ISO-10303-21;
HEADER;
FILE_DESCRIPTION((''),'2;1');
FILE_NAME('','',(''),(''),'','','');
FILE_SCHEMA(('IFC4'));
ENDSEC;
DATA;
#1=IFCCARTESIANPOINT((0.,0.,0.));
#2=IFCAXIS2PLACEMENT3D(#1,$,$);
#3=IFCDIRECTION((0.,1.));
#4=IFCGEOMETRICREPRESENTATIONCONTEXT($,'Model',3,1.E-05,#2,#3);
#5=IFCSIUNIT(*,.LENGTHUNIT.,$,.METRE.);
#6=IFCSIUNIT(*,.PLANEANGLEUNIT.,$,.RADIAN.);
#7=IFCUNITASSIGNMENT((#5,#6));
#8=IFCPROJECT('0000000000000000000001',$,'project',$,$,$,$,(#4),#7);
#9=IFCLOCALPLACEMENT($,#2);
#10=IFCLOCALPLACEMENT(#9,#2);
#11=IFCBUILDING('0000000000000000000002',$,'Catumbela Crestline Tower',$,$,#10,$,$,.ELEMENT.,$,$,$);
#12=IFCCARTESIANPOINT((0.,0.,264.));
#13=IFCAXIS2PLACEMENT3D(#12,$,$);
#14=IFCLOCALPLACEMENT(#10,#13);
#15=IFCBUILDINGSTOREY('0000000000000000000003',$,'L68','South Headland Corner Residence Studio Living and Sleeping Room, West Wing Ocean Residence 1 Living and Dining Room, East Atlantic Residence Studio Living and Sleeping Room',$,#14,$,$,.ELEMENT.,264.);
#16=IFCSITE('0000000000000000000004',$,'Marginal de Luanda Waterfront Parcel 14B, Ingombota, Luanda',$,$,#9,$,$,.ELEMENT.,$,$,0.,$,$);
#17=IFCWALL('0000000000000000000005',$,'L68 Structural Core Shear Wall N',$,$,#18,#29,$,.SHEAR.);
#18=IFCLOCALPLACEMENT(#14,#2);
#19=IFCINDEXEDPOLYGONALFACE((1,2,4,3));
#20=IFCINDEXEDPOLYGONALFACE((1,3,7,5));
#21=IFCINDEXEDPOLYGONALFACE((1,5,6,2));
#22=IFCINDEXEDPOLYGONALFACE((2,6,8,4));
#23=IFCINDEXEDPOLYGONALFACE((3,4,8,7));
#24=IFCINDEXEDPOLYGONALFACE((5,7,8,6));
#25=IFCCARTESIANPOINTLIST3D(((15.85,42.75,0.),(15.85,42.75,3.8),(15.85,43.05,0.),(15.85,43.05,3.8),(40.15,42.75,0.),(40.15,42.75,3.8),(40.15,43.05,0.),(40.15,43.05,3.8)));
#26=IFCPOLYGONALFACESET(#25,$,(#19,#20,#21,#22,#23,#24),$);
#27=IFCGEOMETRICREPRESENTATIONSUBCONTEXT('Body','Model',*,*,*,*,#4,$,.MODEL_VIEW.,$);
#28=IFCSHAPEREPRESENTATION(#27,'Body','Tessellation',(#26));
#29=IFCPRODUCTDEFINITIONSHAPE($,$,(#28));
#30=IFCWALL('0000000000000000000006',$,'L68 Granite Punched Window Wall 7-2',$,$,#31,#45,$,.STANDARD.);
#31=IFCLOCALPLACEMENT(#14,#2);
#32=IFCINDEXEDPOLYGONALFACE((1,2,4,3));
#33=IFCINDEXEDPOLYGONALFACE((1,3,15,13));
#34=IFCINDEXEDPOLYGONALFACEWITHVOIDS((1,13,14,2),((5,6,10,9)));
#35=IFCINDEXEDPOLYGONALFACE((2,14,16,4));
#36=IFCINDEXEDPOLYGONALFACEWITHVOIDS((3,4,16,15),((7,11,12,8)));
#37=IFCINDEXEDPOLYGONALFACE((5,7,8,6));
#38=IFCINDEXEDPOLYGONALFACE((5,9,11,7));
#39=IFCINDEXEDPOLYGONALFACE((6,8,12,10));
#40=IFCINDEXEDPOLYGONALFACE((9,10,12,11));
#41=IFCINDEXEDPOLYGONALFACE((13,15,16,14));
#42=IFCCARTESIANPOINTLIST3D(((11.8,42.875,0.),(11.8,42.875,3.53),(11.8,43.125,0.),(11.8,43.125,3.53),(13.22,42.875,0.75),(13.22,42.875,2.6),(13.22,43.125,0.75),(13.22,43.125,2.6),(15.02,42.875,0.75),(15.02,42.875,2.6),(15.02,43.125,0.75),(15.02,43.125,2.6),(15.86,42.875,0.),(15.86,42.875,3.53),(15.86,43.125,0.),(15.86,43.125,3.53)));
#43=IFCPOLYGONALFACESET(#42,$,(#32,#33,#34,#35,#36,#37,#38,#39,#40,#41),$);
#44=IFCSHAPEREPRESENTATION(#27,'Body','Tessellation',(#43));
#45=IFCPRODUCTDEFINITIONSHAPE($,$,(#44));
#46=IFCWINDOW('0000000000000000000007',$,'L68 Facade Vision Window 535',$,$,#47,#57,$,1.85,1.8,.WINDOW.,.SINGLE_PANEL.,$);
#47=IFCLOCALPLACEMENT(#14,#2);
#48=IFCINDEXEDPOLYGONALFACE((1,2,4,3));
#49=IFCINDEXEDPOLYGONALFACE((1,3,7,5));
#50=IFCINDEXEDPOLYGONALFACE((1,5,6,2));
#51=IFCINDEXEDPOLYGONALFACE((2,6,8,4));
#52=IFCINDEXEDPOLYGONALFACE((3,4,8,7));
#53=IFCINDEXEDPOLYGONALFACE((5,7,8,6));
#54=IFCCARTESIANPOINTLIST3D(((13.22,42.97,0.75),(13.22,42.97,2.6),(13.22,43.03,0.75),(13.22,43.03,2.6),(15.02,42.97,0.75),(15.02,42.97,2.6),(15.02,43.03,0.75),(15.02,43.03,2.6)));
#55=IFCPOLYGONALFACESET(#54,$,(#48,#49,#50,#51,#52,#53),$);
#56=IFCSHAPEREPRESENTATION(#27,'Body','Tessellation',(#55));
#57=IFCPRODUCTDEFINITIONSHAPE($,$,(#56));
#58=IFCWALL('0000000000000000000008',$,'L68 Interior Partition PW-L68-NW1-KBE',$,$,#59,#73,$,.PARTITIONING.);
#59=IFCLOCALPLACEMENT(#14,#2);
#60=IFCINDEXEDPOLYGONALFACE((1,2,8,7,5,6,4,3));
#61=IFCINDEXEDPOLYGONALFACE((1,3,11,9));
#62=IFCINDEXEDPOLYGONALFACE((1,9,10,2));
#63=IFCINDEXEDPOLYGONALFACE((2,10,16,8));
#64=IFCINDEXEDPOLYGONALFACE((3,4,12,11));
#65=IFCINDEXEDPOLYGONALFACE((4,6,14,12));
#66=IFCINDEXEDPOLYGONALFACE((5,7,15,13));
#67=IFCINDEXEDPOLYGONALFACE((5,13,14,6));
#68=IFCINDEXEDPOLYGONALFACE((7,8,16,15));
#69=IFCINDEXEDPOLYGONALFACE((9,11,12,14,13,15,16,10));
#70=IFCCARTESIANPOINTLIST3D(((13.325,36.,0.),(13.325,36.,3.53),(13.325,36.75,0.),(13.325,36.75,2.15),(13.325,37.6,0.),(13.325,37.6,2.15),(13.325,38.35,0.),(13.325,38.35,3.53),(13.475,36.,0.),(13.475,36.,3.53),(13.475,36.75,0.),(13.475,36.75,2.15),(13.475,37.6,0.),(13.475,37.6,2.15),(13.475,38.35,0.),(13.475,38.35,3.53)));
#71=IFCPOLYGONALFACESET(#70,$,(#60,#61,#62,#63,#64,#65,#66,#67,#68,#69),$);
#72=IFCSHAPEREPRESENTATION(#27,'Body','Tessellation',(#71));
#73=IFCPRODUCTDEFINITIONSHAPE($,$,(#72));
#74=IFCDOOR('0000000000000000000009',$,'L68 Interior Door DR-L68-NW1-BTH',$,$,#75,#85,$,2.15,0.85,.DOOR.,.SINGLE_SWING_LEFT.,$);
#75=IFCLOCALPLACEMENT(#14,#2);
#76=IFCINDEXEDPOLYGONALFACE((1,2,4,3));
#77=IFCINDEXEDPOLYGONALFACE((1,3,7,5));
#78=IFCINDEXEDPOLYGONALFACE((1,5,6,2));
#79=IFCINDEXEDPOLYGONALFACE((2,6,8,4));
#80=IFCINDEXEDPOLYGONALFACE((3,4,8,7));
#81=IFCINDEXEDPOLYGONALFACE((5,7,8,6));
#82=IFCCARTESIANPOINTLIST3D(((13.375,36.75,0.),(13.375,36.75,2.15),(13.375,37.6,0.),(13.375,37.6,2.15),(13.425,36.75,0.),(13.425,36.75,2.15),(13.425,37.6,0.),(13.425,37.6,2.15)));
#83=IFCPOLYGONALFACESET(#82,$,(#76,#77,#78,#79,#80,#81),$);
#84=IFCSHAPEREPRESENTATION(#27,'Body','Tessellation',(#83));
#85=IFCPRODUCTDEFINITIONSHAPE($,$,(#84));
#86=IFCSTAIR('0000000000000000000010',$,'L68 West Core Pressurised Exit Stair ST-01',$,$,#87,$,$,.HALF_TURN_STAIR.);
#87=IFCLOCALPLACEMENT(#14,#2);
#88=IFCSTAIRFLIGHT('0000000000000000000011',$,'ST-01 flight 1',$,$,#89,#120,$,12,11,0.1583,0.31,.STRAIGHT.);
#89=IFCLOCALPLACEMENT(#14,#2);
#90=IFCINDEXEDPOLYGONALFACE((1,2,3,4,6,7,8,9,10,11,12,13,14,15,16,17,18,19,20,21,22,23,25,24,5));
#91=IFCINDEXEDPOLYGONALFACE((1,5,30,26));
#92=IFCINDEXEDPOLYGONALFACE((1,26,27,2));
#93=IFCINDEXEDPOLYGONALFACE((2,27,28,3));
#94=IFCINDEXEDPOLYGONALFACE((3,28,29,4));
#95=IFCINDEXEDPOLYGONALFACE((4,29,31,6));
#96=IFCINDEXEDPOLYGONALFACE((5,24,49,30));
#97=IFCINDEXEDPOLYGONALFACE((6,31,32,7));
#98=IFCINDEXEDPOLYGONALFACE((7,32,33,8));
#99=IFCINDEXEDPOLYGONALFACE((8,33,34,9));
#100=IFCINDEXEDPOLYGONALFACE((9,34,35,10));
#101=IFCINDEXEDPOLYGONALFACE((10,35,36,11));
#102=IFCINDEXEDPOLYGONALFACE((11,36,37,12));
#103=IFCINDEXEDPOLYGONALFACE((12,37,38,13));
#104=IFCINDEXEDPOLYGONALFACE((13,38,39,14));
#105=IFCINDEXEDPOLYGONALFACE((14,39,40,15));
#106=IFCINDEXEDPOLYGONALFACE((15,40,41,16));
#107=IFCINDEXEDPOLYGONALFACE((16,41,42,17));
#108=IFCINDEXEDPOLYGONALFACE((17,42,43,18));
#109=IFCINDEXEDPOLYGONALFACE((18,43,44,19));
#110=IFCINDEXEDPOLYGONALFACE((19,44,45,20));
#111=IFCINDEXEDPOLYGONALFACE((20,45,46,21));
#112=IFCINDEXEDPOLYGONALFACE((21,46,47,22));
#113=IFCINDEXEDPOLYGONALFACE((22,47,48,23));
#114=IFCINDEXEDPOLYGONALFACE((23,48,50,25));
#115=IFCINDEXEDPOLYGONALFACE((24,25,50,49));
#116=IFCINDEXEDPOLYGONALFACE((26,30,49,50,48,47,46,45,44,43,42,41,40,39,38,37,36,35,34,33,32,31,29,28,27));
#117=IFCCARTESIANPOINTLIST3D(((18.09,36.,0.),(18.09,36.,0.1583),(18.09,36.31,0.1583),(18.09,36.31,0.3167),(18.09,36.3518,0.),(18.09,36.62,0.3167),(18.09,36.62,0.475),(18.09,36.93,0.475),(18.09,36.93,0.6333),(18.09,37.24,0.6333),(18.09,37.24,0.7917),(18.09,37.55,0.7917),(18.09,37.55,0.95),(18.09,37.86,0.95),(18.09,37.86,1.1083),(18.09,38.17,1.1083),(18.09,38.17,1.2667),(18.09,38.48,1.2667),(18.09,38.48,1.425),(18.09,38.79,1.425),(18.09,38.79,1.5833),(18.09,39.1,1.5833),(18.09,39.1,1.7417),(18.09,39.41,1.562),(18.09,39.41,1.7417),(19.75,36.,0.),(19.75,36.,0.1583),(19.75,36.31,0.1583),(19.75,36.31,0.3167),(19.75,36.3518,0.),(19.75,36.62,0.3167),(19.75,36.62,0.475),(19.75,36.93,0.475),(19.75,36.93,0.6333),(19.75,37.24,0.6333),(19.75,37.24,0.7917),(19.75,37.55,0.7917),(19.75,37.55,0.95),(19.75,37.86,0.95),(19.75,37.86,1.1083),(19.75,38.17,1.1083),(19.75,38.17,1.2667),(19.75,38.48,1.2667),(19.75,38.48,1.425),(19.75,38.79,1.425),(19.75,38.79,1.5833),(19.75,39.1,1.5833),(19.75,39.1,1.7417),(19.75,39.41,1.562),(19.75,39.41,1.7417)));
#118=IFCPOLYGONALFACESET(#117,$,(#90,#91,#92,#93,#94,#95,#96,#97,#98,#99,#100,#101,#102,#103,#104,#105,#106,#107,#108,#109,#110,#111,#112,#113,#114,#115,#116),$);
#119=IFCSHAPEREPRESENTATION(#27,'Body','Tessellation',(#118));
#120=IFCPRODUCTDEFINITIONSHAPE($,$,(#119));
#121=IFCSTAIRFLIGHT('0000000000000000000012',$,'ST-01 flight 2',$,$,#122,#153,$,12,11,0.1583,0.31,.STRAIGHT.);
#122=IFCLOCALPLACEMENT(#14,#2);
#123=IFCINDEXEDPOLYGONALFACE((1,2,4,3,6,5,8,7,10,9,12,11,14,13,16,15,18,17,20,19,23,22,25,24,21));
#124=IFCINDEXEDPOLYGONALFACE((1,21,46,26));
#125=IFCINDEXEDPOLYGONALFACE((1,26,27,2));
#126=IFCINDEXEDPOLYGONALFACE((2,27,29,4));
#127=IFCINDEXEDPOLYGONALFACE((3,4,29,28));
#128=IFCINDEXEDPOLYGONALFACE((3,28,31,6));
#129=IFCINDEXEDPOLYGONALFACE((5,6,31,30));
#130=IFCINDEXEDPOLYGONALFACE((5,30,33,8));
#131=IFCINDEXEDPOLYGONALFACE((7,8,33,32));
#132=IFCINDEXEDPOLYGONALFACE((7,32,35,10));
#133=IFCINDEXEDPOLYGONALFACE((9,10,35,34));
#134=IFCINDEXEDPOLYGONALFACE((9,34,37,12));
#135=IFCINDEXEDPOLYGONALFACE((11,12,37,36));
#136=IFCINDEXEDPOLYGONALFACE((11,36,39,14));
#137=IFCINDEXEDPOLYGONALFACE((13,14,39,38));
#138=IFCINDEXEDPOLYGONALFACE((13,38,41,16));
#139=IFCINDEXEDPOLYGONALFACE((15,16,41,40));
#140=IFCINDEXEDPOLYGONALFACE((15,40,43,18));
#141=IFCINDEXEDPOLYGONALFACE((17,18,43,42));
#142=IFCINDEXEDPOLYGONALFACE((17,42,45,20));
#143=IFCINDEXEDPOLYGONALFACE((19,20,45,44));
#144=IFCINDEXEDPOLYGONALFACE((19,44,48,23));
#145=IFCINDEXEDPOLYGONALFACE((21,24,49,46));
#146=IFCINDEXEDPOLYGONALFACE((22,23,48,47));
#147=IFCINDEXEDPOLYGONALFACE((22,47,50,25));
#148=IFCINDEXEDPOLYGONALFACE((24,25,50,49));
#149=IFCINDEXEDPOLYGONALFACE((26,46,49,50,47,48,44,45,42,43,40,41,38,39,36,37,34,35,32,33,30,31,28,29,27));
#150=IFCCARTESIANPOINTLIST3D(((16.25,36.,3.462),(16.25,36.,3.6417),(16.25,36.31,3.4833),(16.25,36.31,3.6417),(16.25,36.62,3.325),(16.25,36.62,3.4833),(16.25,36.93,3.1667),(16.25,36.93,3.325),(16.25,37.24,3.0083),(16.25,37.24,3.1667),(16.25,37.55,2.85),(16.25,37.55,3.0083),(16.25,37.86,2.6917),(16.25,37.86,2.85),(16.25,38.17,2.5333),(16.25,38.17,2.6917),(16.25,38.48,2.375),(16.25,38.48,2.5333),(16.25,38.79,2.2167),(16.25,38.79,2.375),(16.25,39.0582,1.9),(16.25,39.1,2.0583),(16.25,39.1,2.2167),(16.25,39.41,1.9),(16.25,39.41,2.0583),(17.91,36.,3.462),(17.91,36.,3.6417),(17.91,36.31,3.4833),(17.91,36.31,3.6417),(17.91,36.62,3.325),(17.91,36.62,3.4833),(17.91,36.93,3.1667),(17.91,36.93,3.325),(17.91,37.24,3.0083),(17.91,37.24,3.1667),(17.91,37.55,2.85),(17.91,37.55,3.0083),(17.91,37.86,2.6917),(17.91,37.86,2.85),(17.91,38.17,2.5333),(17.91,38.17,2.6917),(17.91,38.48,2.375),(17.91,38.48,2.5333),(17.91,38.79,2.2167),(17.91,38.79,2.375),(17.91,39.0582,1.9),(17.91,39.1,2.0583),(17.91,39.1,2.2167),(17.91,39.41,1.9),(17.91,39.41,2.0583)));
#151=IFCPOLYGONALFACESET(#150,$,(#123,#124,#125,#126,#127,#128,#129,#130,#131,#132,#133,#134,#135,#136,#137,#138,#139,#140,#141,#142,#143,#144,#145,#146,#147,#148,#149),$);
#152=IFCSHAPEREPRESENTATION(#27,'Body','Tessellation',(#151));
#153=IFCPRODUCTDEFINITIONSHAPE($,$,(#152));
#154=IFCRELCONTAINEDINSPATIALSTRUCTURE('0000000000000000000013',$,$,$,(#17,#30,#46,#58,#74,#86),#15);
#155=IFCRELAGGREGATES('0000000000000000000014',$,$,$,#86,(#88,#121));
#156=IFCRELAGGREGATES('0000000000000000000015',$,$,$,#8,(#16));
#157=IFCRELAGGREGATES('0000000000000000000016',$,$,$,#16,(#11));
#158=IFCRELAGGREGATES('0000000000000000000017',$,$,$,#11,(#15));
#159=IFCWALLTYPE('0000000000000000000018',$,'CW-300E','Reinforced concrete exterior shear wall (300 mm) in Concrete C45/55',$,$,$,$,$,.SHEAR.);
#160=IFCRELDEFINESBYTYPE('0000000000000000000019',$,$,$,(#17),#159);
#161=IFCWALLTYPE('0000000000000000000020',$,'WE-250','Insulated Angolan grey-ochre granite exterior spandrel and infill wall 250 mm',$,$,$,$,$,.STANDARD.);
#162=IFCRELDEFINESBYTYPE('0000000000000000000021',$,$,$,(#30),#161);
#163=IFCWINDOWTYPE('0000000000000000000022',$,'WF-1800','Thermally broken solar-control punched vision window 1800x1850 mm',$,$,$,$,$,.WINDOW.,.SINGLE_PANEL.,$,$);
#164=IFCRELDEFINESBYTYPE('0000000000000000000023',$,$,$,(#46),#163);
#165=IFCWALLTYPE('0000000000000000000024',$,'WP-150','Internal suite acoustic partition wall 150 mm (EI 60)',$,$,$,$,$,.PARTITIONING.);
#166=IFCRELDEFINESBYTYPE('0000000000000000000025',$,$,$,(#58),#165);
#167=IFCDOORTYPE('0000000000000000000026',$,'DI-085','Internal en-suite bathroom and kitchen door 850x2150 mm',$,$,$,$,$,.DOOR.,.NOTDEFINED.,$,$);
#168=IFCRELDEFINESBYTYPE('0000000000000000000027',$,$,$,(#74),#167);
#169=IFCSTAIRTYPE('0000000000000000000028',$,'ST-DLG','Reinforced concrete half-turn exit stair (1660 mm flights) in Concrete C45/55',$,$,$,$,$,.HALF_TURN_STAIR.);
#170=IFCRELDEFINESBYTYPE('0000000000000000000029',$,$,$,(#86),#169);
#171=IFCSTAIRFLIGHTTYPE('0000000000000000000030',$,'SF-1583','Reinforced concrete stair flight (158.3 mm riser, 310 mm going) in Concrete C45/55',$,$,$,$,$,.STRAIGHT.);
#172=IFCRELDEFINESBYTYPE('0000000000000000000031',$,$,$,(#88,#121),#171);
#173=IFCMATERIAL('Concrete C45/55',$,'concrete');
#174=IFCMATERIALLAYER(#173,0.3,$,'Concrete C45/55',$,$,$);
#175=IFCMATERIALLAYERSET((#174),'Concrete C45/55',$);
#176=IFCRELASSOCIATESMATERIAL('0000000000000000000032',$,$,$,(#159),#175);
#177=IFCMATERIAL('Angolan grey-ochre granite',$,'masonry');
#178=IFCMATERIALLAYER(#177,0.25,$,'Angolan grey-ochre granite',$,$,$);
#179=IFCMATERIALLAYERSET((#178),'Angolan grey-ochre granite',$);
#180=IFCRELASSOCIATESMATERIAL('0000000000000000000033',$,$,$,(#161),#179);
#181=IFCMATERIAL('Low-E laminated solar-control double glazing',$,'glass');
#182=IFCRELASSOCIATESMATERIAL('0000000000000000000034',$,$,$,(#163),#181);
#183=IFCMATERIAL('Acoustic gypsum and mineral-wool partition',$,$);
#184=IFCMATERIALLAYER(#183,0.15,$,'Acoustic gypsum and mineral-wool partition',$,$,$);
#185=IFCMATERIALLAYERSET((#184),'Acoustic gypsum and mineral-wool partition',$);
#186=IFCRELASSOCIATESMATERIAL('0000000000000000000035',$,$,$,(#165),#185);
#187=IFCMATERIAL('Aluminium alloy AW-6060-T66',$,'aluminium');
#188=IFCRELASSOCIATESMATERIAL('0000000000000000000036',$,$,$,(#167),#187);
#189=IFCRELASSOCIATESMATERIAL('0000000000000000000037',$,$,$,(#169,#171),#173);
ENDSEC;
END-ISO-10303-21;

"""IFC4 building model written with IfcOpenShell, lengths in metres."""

from ifc_helpers import new_model, si_unit, direction, frame, frame_2d, origin, place, context, subcontext, project, spatial, polyline, rectangle, outline, extrude, material, layer, layer_set, type_object, element, fill, aggregate, save


model = new_model("IFC4")

# Units and contexts
model_context = context("Model", 3, precision=1e-05, world=origin(), true_north=direction((0.0, 1.0)))
body_context = subcontext(model_context, "Body", "Model", "MODEL_VIEW")
ifc_project = project(units=[si_unit("LENGTHUNIT", "METRE"), si_unit("PLANEANGLEUNIT", "RADIAN")], contexts=[model_context])

# Site, building, storey
site_placement = place(None, origin())
site = spatial("IfcSite", under=ifc_project, at=site_placement, Name="Marginal de Luanda Waterfront Parcel 14B, Ingombota, Luanda", CompositionType="ELEMENT", RefElevation=0.0)
building_placement = place(site_placement, origin())
building = spatial("IfcBuilding", under=site, at=building_placement, Name="Catumbela Crestline Tower", CompositionType="ELEMENT")
storey_placement = place(building_placement, frame((0.0, 0.0, 264.0)))
storey = spatial("IfcBuildingStorey", under=building, at=storey_placement, Name="L68", Description="South Headland Corner Residence Studio Living and Sleeping Room, West Wing Ocean Residence 1 Living and Dining Room, East Atlantic Residence Studio Living and Sleeping Room", CompositionType="ELEMENT", Elevation=264.0)

# Wall
ifc_material_1 = material(Name="Concrete C45/55", Category="concrete")
ifc_layer_1 = layer(ifc_material_1, 0.3, Name="Concrete C45/55")
ifc_layer_set_1 = layer_set([ifc_layer_1], Name="Concrete C45/55")
wall_type_1 = type_object("IfcWallType", Name="CW-300E", Description="Reinforced concrete exterior shear wall (300 mm) in Concrete C45/55", PredefinedType="SHEAR", material=ifc_layer_set_1)
wall_1_placement = place(storey_placement, frame((15.85, 42.9, 0.0), z_axis=(0.0, 0.0, 1.0), x_axis=(1.0, 0.0, 0.0)))
element("IfcWall", 1, at=wall_1_placement, inside=storey, type_object=wall_type_1, Name="L68 Structural Core Shear Wall N", PredefinedType="SHEAR", context=body_context, shape_type="SweptSolid", body=[
    extrude(rectangle(XDim=24.3, YDim=0.3, at=frame_2d((12.15, 0.0))), origin(), (0.0, 0.0, 1.0), 3.8),
])

# Wall, opening, window
ifc_material_2 = material(Name="Angolan grey-ochre granite", Category="masonry")
ifc_layer_2 = layer(ifc_material_2, 0.25, Name="Angolan grey-ochre granite")
ifc_layer_set_2 = layer_set([ifc_layer_2], Name="Angolan grey-ochre granite")
wall_type_2 = type_object("IfcWallType", Name="WE-250", Description="Insulated Angolan grey-ochre granite exterior spandrel and infill wall 250 mm", PredefinedType="STANDARD", material=ifc_layer_set_2)
wall_2_placement = place(storey_placement, frame((15.86, 43.0, 0.0), z_axis=(0.0, 0.0, 1.0), x_axis=(-1.0, 0.0, 0.0)))
wall_2 = element("IfcWall", 2, at=wall_2_placement, inside=storey, type_object=wall_type_2, Name="L68 Granite Punched Window Wall 7-2", PredefinedType="STANDARD", context=body_context, shape_type="SweptSolid", body=[
    extrude(rectangle(XDim=4.06, YDim=0.25, at=frame_2d((2.03, 0.0))), origin(), (0.0, 0.0, 1.0), 3.53),
])
opening_1_placement = place(wall_2_placement, frame((0.84, 0.0, 0.75)))
opening_1 = element("IfcOpeningElement", 3, at=opening_1_placement, cuts=wall_2, PredefinedType="OPENING", context=body_context, shape_type="SweptSolid", body=[
    extrude(rectangle(XDim=1.8, YDim=1.85, at=frame_2d((0.9, 0.925))), frame((0.0, 0.135, 0.0), z_axis=(0.0, -1.0, 0.0), x_axis=(1.0, 0.0, 0.0)), (0.0, 0.0, 1.0), 0.27),
])
ifc_material_3 = material(Name="Low-E laminated solar-control double glazing", Category="glass")
window_type = type_object("IfcWindowType", Name="WF-1800", Description="Thermally broken solar-control punched vision window 1800x1850 mm", PartitioningType="SINGLE_PANEL", PredefinedType="WINDOW", material=ifc_material_3)
window_placement = place(opening_1_placement, origin())
window = element("IfcWindow", 4, at=window_placement, inside=storey, type_object=window_type, Name="L68 Facade Vision Window 535", OverallHeight=1.85, OverallWidth=1.8, PartitioningType="SINGLE_PANEL", PredefinedType="WINDOW", context=body_context, shape_type="SweptSolid", body=[
    extrude(rectangle(XDim=1.8, YDim=1.85, at=frame_2d((0.9, 0.925))), frame((0.0, 0.03, 0.0), z_axis=(0.0, -1.0, 0.0), x_axis=(1.0, 0.0, 0.0)), (0.0, 0.0, 1.0), 0.06),
])
fill(opening_1, window)

# Wall, opening, door
ifc_material_4 = material(Name="Acoustic gypsum and mineral-wool partition")
ifc_layer_3 = layer(ifc_material_4, 0.15, Name="Acoustic gypsum and mineral-wool partition")
ifc_layer_set_3 = layer_set([ifc_layer_3], Name="Acoustic gypsum and mineral-wool partition")
wall_type_3 = type_object("IfcWallType", Name="WP-150", Description="Internal suite acoustic partition wall 150 mm (EI 60)", PredefinedType="PARTITIONING", material=ifc_layer_set_3)
wall_3_placement = place(storey_placement, frame((13.4, 36.0, 0.0), z_axis=(0.0, 0.0, 1.0), x_axis=(0.0, 1.0, 0.0)))
wall_3 = element("IfcWall", 5, at=wall_3_placement, inside=storey, type_object=wall_type_3, Name="L68 Interior Partition PW-L68-NW1-KBE", PredefinedType="PARTITIONING", context=body_context, shape_type="SweptSolid", body=[
    extrude(rectangle(XDim=2.35, YDim=0.15, at=frame_2d((1.175, 0.0))), origin(), (0.0, 0.0, 1.0), 3.53),
])
opening_2_placement = place(wall_3_placement, frame((0.75, 0.0, 0.0)))
opening_2 = element("IfcOpeningElement", 6, at=opening_2_placement, cuts=wall_3, PredefinedType="OPENING", context=body_context, shape_type="SweptSolid", body=[
    extrude(rectangle(XDim=0.85, YDim=2.15, at=frame_2d((0.425, 1.075))), frame((0.0, 0.085, 0.0), z_axis=(0.0, -1.0, 0.0), x_axis=(1.0, 0.0, 0.0)), (0.0, 0.0, 1.0), 0.17),
])
ifc_material_5 = material(Name="Aluminium alloy AW-6060-T66", Category="aluminium")
door_type_1 = type_object("IfcDoorType", Name="DI-085", Description="Internal en-suite bathroom and kitchen door 850x2150 mm", OperationType="NOTDEFINED", PredefinedType="DOOR", material=ifc_material_5)
door_1_placement = place(opening_2_placement, origin())
door_1 = element("IfcDoor", 7, at=door_1_placement, inside=storey, type_object=door_type_1, Name="L68 Interior Door DR-L68-NW1-BTH", OperationType="SINGLE_SWING_LEFT", OverallHeight=2.15, OverallWidth=0.85, PredefinedType="DOOR", context=body_context, shape_type="SweptSolid", body=[
    extrude(rectangle(XDim=0.85, YDim=2.15, at=frame_2d((0.425, 1.075))), frame((0.0, 0.025, 0.0), z_axis=(0.0, -1.0, 0.0), x_axis=(1.0, 0.0, 0.0)), (0.0, 0.0, 1.0), 0.05),
])
fill(opening_2, door_1)

# Stair, stair flights
stair_type = type_object("IfcStairType", Name="ST-DLG", Description="Reinforced concrete half-turn exit stair (1660 mm flights) in Concrete C45/55", PredefinedType="HALF_TURN_STAIR", material=ifc_material_1)
stair_placement = place(storey_placement, origin())
stair = element("IfcStair", 8, at=stair_placement, inside=storey, type_object=stair_type, Name="L68 West Core Pressurised Exit Stair ST-01", PredefinedType="HALF_TURN_STAIR")
stair_flight_type = type_object("IfcStairFlightType", Name="SF-1583", Description="Reinforced concrete stair flight (158.3 mm riser, 310 mm going) in Concrete C45/55", PredefinedType="STRAIGHT", material=ifc_material_1)
stair_flight_1_placement = place(storey_placement, frame((18.92, 36.0, 0.0), z_axis=(0.0, 0.0, 1.0), x_axis=(0.0, 1.0, 0.0)))
stair_flight_1 = element("IfcStairFlight", 9, at=stair_flight_1_placement, type_object=stair_flight_type, Name="ST-01 flight 1", NumberOfRisers=12, NumberOfTreads=11, PredefinedType="STRAIGHT", RiserHeight=0.1583, TreadLength=0.31, context=body_context, shape_type="SweptSolid", body=[
    extrude(outline(polyline([(0.0, 0.0), (0.0, 0.1583), (0.31, 0.1583), (0.31, 0.3167), (0.62, 0.3167), (0.62, 0.475), (0.93, 0.475), (0.93, 0.6333), (1.24, 0.6333), (1.24, 0.7917), (1.55, 0.7917), (1.55, 0.95), (1.86, 0.95), (1.86, 1.1083), (2.17, 1.1083), (2.17, 1.2667), (2.48, 1.2667), (2.48, 1.425), (2.79, 1.425), (2.79, 1.5833), (3.1, 1.5833), (3.1, 1.7417), (3.41, 1.7417), (3.41, 1.9), (3.41, 1.562), (0.3518, 0.0), (0.0, 0.0)])), frame((0.0, 0.83, 0.0), z_axis=(0.0, -1.0, 0.0), x_axis=(1.0, 0.0, 0.0)), (0.0, 0.0, 1.0), 1.66),
])
stair_flight_2_placement = place(storey_placement, frame((17.08, 39.41, 1.9), z_axis=(0.0, 0.0, 1.0), x_axis=(0.0, -1.0, 0.0)))
stair_flight_2 = element("IfcStairFlight", 10, at=stair_flight_2_placement, type_object=stair_flight_type, Name="ST-01 flight 2", NumberOfRisers=12, NumberOfTreads=11, PredefinedType="STRAIGHT", RiserHeight=0.1583, TreadLength=0.31, context=body_context, shape_type="SweptSolid", body=[
    extrude(outline(polyline([(0.0, 0.0), (0.0, 0.1583), (0.31, 0.1583), (0.31, 0.3167), (0.62, 0.3167), (0.62, 0.475), (0.93, 0.475), (0.93, 0.6333), (1.24, 0.6333), (1.24, 0.7917), (1.55, 0.7917), (1.55, 0.95), (1.86, 0.95), (1.86, 1.1083), (2.17, 1.1083), (2.17, 1.2667), (2.48, 1.2667), (2.48, 1.425), (2.79, 1.425), (2.79, 1.5833), (3.1, 1.5833), (3.1, 1.7417), (3.41, 1.7417), (3.41, 1.9), (3.41, 1.562), (0.3518, 0.0), (0.0, 0.0)])), frame((0.0, 0.83, 0.0), z_axis=(0.0, -1.0, 0.0), x_axis=(1.0, 0.0, 0.0)), (0.0, 0.0, 1.0), 1.66),
])
aggregate(stair, [stair_flight_1, stair_flight_2])

save(model, "model.ifc")
